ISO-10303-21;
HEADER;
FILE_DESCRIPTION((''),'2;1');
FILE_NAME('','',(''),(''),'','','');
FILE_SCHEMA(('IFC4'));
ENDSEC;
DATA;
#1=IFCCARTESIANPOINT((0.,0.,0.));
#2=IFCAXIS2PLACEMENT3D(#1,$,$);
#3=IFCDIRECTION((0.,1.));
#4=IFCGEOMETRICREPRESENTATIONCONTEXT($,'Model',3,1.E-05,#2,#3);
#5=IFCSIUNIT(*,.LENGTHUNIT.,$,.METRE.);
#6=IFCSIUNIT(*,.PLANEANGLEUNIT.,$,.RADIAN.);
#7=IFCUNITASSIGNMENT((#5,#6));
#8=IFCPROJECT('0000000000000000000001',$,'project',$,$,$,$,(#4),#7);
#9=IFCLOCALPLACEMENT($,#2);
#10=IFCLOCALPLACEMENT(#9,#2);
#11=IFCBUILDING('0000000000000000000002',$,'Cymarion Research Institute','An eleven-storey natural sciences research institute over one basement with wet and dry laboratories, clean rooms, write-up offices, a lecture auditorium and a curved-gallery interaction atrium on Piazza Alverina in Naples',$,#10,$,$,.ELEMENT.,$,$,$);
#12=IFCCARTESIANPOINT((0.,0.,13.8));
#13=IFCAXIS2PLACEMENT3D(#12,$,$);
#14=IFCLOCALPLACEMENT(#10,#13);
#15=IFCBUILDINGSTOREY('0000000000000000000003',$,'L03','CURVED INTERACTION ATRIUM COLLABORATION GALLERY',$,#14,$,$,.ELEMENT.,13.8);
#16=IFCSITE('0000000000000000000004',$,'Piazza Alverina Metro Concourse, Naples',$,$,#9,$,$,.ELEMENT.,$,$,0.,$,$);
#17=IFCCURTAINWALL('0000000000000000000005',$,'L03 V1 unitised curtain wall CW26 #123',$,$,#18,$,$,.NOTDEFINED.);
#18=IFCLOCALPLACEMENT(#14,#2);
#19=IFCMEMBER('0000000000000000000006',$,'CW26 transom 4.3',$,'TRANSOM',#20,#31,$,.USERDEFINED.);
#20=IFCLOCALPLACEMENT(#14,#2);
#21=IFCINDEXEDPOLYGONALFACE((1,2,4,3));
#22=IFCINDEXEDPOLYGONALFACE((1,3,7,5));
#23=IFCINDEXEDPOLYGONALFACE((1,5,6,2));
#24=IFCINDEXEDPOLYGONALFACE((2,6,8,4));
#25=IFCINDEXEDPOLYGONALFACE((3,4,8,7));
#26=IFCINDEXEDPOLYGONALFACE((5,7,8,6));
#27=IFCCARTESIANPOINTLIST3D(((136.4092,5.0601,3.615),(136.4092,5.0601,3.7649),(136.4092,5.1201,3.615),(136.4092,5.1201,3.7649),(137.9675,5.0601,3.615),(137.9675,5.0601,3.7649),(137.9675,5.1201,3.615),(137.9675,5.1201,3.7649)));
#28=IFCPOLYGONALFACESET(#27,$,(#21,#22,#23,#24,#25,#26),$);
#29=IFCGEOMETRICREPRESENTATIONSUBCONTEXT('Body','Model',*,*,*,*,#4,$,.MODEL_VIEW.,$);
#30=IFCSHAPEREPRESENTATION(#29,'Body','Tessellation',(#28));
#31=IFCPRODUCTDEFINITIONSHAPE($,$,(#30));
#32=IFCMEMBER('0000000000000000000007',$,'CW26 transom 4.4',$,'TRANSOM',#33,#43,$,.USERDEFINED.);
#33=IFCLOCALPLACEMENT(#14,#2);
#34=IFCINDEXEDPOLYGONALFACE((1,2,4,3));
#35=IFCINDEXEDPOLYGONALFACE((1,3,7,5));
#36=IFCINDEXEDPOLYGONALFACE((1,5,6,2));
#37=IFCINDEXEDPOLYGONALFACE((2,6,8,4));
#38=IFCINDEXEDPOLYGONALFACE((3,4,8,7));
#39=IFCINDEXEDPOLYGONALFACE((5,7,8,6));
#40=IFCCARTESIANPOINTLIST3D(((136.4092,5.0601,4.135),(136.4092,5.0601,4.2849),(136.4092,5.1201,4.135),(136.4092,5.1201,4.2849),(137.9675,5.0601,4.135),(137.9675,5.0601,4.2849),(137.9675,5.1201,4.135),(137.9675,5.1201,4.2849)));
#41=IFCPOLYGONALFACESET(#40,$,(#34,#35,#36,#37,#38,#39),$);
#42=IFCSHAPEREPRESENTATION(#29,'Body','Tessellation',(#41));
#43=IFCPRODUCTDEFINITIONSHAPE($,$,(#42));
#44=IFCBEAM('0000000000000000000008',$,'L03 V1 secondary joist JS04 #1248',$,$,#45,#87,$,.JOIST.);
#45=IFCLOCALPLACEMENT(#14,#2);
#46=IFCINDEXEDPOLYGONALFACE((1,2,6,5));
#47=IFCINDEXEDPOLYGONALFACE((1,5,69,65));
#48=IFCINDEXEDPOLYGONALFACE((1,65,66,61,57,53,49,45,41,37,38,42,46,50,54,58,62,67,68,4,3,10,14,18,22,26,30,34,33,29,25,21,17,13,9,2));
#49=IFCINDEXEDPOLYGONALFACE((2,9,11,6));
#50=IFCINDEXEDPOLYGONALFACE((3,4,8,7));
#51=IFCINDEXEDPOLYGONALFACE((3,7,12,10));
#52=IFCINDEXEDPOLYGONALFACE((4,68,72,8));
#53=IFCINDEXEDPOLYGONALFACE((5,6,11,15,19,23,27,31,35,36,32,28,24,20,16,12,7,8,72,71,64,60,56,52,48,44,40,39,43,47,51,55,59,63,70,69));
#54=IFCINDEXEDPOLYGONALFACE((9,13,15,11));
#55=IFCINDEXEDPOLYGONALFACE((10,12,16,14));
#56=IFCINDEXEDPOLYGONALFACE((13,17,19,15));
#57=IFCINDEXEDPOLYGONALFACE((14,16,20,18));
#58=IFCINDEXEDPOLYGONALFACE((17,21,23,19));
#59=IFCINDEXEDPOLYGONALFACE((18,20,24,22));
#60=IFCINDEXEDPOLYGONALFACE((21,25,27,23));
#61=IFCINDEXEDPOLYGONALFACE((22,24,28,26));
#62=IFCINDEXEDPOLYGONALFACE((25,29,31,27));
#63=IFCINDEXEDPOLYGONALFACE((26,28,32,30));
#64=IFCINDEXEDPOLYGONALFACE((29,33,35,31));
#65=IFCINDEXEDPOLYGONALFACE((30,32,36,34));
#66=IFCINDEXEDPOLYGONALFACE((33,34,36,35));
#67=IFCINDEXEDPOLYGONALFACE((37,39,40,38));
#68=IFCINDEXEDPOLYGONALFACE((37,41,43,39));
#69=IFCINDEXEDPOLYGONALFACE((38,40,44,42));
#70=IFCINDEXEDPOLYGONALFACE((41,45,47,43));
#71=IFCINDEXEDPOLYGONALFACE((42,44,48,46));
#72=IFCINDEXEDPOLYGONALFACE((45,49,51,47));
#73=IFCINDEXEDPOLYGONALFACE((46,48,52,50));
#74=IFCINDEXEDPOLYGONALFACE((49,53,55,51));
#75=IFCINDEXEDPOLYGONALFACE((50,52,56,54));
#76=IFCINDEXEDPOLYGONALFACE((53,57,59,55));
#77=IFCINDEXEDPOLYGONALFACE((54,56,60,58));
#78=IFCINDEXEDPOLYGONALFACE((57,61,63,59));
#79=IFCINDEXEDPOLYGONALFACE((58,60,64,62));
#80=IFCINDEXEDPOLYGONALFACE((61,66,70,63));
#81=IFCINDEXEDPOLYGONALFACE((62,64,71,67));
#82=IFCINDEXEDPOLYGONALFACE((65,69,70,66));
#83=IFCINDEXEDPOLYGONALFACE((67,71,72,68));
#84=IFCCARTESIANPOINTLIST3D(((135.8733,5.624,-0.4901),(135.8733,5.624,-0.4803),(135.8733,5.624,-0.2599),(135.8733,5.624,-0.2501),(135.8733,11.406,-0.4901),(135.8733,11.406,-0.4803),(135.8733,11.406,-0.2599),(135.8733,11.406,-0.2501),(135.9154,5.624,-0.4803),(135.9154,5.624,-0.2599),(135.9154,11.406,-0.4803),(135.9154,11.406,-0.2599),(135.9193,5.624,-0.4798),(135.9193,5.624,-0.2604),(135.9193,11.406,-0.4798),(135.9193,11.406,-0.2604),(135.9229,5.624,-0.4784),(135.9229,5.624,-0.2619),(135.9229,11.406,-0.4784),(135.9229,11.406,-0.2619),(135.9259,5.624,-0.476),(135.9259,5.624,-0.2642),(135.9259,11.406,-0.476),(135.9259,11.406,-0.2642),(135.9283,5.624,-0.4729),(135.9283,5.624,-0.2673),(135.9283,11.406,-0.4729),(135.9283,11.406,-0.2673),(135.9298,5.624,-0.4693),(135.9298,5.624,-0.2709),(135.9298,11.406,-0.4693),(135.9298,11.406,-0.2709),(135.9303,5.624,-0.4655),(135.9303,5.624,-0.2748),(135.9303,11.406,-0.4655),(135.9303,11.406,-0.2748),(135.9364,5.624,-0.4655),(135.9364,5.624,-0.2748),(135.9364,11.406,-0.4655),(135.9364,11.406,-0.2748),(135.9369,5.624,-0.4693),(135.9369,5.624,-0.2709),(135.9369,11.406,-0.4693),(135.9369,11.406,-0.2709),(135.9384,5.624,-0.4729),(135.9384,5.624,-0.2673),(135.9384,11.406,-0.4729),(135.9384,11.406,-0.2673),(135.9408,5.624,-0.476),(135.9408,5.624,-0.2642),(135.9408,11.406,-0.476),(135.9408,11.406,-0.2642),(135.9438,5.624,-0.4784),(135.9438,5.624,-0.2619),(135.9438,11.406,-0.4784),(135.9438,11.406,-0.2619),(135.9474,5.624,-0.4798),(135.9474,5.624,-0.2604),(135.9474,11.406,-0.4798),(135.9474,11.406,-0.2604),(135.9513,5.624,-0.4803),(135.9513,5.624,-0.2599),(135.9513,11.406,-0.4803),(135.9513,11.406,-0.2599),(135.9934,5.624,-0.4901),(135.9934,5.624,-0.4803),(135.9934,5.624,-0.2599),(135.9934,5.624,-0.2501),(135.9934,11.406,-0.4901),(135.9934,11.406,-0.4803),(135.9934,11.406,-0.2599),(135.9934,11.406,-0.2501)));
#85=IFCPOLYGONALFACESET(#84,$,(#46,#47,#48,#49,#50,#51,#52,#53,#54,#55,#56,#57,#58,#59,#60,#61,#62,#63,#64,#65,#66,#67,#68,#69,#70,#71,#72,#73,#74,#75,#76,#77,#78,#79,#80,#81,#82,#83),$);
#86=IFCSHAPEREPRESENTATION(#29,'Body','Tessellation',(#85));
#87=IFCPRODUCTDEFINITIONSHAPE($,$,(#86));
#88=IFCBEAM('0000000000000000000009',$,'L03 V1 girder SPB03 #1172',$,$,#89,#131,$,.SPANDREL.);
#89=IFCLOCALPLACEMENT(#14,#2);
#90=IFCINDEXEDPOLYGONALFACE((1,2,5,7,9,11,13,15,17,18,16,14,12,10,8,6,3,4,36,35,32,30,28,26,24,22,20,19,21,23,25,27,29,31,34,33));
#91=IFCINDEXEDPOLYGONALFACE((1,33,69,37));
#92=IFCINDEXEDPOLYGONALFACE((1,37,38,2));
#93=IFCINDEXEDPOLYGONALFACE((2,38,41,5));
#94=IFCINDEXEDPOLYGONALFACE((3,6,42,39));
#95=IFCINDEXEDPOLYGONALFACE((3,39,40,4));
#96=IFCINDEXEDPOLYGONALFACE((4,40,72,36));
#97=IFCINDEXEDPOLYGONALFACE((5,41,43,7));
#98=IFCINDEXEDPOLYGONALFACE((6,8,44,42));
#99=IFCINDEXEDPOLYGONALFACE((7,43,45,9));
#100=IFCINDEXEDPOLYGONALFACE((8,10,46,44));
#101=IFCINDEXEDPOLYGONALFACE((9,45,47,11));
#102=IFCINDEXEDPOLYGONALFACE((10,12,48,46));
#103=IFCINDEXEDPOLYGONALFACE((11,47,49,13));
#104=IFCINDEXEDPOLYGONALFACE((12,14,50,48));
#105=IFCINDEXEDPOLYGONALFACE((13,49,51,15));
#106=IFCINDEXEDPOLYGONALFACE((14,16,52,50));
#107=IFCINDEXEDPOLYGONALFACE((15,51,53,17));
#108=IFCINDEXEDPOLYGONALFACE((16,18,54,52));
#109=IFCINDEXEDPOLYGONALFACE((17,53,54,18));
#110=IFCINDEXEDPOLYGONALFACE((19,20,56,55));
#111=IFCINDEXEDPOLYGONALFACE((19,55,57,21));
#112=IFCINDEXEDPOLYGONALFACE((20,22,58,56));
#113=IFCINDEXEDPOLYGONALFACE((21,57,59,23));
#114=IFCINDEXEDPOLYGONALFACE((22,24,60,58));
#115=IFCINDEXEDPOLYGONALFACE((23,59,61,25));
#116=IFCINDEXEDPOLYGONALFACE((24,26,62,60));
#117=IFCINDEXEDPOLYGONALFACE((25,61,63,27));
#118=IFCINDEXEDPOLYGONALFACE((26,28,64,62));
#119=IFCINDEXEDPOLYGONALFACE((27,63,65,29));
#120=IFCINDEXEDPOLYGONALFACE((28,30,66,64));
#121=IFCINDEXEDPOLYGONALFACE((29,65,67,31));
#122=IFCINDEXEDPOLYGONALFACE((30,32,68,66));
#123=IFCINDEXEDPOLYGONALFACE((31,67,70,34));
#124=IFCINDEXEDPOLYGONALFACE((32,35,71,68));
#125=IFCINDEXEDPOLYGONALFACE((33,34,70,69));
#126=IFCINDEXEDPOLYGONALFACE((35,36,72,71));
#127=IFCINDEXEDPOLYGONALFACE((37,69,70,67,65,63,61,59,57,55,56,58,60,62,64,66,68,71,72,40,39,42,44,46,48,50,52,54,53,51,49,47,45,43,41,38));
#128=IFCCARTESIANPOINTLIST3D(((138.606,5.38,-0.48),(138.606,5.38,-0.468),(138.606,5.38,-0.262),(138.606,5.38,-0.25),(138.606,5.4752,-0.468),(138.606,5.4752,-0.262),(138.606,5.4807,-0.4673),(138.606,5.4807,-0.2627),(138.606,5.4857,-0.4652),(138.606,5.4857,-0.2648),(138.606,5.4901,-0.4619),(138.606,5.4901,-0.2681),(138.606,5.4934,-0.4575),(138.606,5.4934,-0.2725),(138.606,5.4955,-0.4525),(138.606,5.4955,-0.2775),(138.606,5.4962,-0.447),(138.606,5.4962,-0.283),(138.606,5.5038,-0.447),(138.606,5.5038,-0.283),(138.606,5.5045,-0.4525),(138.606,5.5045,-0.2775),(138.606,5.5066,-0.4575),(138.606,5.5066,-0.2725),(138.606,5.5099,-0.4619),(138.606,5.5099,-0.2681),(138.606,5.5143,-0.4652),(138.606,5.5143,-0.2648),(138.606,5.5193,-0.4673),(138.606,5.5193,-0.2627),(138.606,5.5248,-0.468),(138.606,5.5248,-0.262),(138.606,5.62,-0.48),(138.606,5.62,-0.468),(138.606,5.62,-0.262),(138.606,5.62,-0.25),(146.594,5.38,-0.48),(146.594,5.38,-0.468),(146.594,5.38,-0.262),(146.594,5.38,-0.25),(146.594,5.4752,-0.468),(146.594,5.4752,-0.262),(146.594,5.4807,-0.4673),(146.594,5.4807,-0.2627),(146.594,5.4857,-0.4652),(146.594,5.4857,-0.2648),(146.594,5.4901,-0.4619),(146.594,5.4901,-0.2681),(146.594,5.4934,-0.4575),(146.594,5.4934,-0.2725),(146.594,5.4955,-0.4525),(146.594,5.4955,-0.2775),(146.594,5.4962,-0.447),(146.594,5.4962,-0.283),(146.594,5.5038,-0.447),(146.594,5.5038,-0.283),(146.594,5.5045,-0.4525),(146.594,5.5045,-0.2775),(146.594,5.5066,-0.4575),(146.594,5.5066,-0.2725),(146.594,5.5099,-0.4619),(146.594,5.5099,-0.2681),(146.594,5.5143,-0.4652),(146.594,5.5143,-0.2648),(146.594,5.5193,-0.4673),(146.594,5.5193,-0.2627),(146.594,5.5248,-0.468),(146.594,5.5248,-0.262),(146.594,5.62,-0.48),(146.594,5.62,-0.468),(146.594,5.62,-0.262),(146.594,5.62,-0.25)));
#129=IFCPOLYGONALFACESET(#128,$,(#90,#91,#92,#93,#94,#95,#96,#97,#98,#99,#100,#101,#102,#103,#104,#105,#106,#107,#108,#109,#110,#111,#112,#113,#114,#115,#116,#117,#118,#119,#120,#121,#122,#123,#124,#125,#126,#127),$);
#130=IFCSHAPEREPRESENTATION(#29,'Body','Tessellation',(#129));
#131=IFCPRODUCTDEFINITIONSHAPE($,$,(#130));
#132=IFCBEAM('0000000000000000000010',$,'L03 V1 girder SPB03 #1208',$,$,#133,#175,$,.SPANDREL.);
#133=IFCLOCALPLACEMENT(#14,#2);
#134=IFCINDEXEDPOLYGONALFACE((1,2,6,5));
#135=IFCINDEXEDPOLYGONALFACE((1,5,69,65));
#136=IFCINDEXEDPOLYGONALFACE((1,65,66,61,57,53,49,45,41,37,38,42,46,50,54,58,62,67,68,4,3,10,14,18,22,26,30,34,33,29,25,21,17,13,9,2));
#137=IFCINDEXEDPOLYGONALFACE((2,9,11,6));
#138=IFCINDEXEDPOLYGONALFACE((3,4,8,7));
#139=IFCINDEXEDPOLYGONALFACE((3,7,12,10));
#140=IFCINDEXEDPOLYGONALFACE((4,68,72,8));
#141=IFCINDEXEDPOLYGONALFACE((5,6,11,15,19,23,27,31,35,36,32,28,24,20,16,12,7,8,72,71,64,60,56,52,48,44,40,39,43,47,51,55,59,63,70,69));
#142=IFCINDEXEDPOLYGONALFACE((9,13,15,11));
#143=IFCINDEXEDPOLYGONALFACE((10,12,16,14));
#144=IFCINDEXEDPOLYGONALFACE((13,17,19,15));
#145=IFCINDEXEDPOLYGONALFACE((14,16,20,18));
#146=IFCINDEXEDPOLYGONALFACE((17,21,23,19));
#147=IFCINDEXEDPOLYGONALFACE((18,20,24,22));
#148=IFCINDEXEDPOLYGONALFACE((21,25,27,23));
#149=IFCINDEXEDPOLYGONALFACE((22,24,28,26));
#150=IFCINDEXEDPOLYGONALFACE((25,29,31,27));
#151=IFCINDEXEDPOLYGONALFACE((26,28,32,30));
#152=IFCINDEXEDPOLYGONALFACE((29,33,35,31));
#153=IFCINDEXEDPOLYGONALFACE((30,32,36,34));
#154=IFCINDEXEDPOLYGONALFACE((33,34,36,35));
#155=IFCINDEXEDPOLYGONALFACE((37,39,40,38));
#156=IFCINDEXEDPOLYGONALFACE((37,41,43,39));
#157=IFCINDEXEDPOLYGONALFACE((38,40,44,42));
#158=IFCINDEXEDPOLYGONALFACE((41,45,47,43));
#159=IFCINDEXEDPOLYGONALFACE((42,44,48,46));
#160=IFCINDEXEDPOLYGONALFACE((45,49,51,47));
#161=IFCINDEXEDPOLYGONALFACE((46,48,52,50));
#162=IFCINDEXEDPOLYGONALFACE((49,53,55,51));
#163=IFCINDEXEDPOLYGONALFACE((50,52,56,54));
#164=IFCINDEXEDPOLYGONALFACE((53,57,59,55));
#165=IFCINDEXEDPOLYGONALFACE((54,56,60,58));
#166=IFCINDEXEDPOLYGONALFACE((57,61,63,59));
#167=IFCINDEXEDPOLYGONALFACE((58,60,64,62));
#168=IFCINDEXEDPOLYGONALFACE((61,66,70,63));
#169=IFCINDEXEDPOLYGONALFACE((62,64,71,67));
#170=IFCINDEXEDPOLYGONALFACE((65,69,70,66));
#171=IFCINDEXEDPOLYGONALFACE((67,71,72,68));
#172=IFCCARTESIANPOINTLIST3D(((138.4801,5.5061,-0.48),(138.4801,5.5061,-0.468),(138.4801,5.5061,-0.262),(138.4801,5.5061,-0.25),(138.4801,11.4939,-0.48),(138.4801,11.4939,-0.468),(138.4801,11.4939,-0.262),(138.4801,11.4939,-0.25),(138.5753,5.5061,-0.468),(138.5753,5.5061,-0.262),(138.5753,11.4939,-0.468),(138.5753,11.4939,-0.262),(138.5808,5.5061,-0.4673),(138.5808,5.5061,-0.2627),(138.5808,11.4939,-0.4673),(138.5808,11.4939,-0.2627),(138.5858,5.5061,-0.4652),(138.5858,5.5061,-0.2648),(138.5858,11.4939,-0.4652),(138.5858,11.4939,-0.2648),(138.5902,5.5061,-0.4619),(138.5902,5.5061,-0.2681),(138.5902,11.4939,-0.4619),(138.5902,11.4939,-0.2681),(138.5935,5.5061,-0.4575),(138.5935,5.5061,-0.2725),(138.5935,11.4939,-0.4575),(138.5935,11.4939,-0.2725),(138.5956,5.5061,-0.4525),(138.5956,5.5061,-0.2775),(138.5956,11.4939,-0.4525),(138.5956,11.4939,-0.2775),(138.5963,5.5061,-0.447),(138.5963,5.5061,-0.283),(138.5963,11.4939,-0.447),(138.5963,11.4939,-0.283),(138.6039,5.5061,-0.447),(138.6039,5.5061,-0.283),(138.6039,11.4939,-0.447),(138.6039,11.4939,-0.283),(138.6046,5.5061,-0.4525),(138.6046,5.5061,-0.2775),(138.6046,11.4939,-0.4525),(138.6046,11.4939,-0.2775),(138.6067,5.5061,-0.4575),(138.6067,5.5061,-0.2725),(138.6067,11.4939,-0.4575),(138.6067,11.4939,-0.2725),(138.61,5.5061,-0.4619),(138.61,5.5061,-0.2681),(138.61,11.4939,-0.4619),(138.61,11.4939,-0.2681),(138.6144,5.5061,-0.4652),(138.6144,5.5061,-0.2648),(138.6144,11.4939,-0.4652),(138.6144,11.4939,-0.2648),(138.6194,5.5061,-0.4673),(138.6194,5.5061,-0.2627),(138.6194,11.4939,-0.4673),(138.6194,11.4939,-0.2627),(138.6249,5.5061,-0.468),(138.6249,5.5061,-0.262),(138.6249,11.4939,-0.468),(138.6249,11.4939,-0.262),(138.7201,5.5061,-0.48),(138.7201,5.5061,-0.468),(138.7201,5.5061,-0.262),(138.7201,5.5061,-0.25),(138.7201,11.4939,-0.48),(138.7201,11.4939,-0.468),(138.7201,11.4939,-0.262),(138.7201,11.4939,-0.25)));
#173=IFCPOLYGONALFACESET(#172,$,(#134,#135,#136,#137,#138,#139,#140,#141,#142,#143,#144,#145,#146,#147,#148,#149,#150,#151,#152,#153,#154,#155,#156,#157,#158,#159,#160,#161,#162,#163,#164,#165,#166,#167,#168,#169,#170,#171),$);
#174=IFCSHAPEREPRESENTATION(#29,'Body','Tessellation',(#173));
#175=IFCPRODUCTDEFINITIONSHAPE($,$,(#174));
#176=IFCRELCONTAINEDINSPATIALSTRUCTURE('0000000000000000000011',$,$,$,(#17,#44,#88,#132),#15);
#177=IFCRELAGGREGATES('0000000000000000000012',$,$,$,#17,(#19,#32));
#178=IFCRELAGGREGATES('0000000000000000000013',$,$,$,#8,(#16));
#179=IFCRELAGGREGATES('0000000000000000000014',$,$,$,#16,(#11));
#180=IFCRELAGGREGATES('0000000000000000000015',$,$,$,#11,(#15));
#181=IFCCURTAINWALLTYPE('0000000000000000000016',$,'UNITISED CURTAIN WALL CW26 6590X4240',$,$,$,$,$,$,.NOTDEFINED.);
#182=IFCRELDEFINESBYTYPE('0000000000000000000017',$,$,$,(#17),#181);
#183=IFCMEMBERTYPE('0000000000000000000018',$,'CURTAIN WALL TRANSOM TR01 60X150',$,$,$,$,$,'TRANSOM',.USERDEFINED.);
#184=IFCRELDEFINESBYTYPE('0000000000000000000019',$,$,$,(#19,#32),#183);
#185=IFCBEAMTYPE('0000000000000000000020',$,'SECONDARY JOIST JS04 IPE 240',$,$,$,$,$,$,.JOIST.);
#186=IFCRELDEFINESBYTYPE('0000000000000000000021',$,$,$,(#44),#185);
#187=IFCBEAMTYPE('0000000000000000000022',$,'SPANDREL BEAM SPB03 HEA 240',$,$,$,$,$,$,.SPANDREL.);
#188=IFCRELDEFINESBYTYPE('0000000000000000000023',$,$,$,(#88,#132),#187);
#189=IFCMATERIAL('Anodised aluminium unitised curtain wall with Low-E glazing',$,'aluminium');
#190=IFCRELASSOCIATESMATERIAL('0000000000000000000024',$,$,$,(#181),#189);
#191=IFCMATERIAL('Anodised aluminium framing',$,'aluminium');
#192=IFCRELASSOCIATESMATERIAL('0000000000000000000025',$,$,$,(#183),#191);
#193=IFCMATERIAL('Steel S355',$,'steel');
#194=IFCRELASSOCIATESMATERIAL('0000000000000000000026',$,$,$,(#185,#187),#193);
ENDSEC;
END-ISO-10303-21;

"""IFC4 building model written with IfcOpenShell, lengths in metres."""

from ifc_helpers import new_model, si_unit, direction, frame, origin, origin_2d, place, context, subcontext, project, spatial, rectangle, i_section, extrude, material, material_profile, profile_set, type_object, element, aggregate, save


model = new_model("IFC4")

# Units and contexts
model_context = context("Model", 3, precision=1e-05, world=origin(), true_north=direction((0.0, 1.0)))
body_context = subcontext(model_context, "Body", "Model", "MODEL_VIEW")
ifc_project = project(units=[si_unit("LENGTHUNIT", "METRE"), si_unit("PLANEANGLEUNIT", "RADIAN")], contexts=[model_context])

# Site, building, storey
site_placement = place(None, origin())
site = spatial("IfcSite", under=ifc_project, at=site_placement, Name="Piazza Alverina Metro Concourse, Naples", CompositionType="ELEMENT", RefElevation=0.0)
building_placement = place(site_placement, origin())
building = spatial("IfcBuilding", under=site, at=building_placement, Name="Cymarion Research Institute", Description="An eleven-storey natural sciences research institute over one basement with wet and dry laboratories, clean rooms, write-up offices, a lecture auditorium and a curved-gallery interaction atrium on Piazza Alverina in Naples", CompositionType="ELEMENT")
storey_placement = place(building_placement, frame((0.0, 0.0, 13.8)))
storey = spatial("IfcBuildingStorey", under=building, at=storey_placement, Name="L03", Description="CURVED INTERACTION ATRIUM COLLABORATION GALLERY", CompositionType="ELEMENT", Elevation=13.8)

# Shared definitions
ifc_material_1 = material(Name="Steel S355", Category="steel")

# Curtain wall, members
ifc_material_2 = material(Name="Anodised aluminium unitised curtain wall with Low-E glazing", Category="aluminium")
curtain_wall_type = type_object("IfcCurtainWallType", Name="UNITISED CURTAIN WALL CW26 6590X4240", PredefinedType="NOTDEFINED", material=ifc_material_2)
curtain_wall_placement = place(storey_placement, origin())
curtain_wall = element("IfcCurtainWall", 1, at=curtain_wall_placement, inside=storey, type_object=curtain_wall_type, Name="L03 V1 unitised curtain wall CW26 #123", PredefinedType="NOTDEFINED")
ifc_material_3 = material(Name="Anodised aluminium framing", Category="aluminium")
ifc_material_profile_1 = material_profile(ifc_material_3, rectangle(XDim=0.0601, YDim=0.1499, at=origin_2d()), Name="ALU TRANSOM 60x150")
ifc_profile_set_1 = profile_set([ifc_material_profile_1], Name="Anodised aluminium framing")
member_type_1 = type_object("IfcMemberType", Name="CURTAIN WALL TRANSOM TR01 60X150", ElementType="TRANSOM", PredefinedType="USERDEFINED", material=ifc_profile_set_1)
member_1_placement = place(storey_placement, frame((136.4092, 5.0901, 3.6899), z_axis=(1.0, 0.0, 0.0), x_axis=(0.0, 1.0, 0.0)))
member_1 = element("IfcMember", 2, at=member_1_placement, type_object=member_type_1, Name="CW26 transom 4.3", ObjectType="TRANSOM", PredefinedType="USERDEFINED", context=body_context, shape_type="SweptSolid", body=[
    extrude(rectangle(XDim=0.0601, YDim=0.1499, at=origin_2d()), origin(), (0.0, 0.0, 1.0), 1.5583),
])
member_2_placement = place(storey_placement, frame((136.4092, 5.0901, 4.21), z_axis=(1.0, 0.0, 0.0), x_axis=(0.0, 1.0, 0.0)))
member_2 = element("IfcMember", 3, at=member_2_placement, type_object=member_type_1, Name="CW26 transom 4.4", ObjectType="TRANSOM", PredefinedType="USERDEFINED", context=body_context, shape_type="SweptSolid", body=[
    extrude(rectangle(XDim=0.0601, YDim=0.1499, at=origin_2d()), origin(), (0.0, 0.0, 1.0), 1.5583),
])

# Beams
ifc_material_profile_2 = material_profile(ifc_material_1, i_section(OverallWidth=0.1201, OverallDepth=0.24, WebThickness=0.0061, FlangeThickness=0.0098, FilletRadius=0.0149, at=origin_2d()), Name="IPE 240")
ifc_profile_set_2 = profile_set([ifc_material_profile_2], Name="Steel S355")
beam_type_1 = type_object("IfcBeamType", Name="SECONDARY JOIST JS04 IPE 240", PredefinedType="JOIST", material=ifc_profile_set_2)
beam_1_placement = place(storey_placement, frame((135.9333, 5.624, -0.3701), z_axis=(0.0, 1.0, 0.0), x_axis=(-1.0, 0.0, 0.0)))
element("IfcBeam", 4, at=beam_1_placement, inside=storey, type_object=beam_type_1, Name="L03 V1 secondary joist JS04 #1248", PredefinedType="JOIST", context=body_context, shape_type="SweptSolid", body=[
    extrude(i_section(OverallWidth=0.1201, OverallDepth=0.24, WebThickness=0.0061, FlangeThickness=0.0098, FilletRadius=0.0149, at=origin_2d()), origin(), (0.0, 0.0, 1.0), 5.782),
])
ifc_material_profile_3 = material_profile(ifc_material_1, i_section(OverallWidth=0.24, OverallDepth=0.23, WebThickness=0.0076, FlangeThickness=0.012, FilletRadius=0.021, at=origin_2d()), Name="HEA 240")
ifc_profile_set_3 = profile_set([ifc_material_profile_3], Name="Steel S355")
beam_type_2 = type_object("IfcBeamType", Name="SPANDREL BEAM SPB03 HEA 240", PredefinedType="SPANDREL", material=ifc_profile_set_3)
beam_2_placement = place(storey_placement, frame((138.606, 5.5, -0.365), z_axis=(1.0, 0.0, 0.0), x_axis=(0.0, 1.0, 0.0)))
element("IfcBeam", 5, at=beam_2_placement, inside=storey, type_object=beam_type_2, Name="L03 V1 girder SPB03 #1172", PredefinedType="SPANDREL", context=body_context, shape_type="SweptSolid", body=[
    extrude(i_section(OverallWidth=0.24, OverallDepth=0.23, WebThickness=0.0076, FlangeThickness=0.012, FilletRadius=0.021, at=origin_2d()), origin(), (0.0, 0.0, 1.0), 7.988),
])
for number, where, z_axis, x_axis, name in (
    (6, (138.6001, 5.5061, -0.365), (0.0, 1.0, 0.0), (-1.0, 0.0, 0.0), "L03 V1 girder SPB03 #1208"),
):
    element("IfcBeam", number, at=place(storey_placement, frame(where, z_axis=z_axis, x_axis=x_axis)), inside=storey, type_object=beam_type_2, Name=name, PredefinedType="SPANDREL", context=body_context, shape_type="SweptSolid", body=[
        extrude(i_section(OverallWidth=0.24, OverallDepth=0.23, WebThickness=0.0076, FlangeThickness=0.012, FilletRadius=0.021, at=origin_2d()), origin(), (0.0, 0.0, 1.0), 5.9878),
    ])

aggregate(curtain_wall, [member_1, member_2])

save(model, "model.ifc")
